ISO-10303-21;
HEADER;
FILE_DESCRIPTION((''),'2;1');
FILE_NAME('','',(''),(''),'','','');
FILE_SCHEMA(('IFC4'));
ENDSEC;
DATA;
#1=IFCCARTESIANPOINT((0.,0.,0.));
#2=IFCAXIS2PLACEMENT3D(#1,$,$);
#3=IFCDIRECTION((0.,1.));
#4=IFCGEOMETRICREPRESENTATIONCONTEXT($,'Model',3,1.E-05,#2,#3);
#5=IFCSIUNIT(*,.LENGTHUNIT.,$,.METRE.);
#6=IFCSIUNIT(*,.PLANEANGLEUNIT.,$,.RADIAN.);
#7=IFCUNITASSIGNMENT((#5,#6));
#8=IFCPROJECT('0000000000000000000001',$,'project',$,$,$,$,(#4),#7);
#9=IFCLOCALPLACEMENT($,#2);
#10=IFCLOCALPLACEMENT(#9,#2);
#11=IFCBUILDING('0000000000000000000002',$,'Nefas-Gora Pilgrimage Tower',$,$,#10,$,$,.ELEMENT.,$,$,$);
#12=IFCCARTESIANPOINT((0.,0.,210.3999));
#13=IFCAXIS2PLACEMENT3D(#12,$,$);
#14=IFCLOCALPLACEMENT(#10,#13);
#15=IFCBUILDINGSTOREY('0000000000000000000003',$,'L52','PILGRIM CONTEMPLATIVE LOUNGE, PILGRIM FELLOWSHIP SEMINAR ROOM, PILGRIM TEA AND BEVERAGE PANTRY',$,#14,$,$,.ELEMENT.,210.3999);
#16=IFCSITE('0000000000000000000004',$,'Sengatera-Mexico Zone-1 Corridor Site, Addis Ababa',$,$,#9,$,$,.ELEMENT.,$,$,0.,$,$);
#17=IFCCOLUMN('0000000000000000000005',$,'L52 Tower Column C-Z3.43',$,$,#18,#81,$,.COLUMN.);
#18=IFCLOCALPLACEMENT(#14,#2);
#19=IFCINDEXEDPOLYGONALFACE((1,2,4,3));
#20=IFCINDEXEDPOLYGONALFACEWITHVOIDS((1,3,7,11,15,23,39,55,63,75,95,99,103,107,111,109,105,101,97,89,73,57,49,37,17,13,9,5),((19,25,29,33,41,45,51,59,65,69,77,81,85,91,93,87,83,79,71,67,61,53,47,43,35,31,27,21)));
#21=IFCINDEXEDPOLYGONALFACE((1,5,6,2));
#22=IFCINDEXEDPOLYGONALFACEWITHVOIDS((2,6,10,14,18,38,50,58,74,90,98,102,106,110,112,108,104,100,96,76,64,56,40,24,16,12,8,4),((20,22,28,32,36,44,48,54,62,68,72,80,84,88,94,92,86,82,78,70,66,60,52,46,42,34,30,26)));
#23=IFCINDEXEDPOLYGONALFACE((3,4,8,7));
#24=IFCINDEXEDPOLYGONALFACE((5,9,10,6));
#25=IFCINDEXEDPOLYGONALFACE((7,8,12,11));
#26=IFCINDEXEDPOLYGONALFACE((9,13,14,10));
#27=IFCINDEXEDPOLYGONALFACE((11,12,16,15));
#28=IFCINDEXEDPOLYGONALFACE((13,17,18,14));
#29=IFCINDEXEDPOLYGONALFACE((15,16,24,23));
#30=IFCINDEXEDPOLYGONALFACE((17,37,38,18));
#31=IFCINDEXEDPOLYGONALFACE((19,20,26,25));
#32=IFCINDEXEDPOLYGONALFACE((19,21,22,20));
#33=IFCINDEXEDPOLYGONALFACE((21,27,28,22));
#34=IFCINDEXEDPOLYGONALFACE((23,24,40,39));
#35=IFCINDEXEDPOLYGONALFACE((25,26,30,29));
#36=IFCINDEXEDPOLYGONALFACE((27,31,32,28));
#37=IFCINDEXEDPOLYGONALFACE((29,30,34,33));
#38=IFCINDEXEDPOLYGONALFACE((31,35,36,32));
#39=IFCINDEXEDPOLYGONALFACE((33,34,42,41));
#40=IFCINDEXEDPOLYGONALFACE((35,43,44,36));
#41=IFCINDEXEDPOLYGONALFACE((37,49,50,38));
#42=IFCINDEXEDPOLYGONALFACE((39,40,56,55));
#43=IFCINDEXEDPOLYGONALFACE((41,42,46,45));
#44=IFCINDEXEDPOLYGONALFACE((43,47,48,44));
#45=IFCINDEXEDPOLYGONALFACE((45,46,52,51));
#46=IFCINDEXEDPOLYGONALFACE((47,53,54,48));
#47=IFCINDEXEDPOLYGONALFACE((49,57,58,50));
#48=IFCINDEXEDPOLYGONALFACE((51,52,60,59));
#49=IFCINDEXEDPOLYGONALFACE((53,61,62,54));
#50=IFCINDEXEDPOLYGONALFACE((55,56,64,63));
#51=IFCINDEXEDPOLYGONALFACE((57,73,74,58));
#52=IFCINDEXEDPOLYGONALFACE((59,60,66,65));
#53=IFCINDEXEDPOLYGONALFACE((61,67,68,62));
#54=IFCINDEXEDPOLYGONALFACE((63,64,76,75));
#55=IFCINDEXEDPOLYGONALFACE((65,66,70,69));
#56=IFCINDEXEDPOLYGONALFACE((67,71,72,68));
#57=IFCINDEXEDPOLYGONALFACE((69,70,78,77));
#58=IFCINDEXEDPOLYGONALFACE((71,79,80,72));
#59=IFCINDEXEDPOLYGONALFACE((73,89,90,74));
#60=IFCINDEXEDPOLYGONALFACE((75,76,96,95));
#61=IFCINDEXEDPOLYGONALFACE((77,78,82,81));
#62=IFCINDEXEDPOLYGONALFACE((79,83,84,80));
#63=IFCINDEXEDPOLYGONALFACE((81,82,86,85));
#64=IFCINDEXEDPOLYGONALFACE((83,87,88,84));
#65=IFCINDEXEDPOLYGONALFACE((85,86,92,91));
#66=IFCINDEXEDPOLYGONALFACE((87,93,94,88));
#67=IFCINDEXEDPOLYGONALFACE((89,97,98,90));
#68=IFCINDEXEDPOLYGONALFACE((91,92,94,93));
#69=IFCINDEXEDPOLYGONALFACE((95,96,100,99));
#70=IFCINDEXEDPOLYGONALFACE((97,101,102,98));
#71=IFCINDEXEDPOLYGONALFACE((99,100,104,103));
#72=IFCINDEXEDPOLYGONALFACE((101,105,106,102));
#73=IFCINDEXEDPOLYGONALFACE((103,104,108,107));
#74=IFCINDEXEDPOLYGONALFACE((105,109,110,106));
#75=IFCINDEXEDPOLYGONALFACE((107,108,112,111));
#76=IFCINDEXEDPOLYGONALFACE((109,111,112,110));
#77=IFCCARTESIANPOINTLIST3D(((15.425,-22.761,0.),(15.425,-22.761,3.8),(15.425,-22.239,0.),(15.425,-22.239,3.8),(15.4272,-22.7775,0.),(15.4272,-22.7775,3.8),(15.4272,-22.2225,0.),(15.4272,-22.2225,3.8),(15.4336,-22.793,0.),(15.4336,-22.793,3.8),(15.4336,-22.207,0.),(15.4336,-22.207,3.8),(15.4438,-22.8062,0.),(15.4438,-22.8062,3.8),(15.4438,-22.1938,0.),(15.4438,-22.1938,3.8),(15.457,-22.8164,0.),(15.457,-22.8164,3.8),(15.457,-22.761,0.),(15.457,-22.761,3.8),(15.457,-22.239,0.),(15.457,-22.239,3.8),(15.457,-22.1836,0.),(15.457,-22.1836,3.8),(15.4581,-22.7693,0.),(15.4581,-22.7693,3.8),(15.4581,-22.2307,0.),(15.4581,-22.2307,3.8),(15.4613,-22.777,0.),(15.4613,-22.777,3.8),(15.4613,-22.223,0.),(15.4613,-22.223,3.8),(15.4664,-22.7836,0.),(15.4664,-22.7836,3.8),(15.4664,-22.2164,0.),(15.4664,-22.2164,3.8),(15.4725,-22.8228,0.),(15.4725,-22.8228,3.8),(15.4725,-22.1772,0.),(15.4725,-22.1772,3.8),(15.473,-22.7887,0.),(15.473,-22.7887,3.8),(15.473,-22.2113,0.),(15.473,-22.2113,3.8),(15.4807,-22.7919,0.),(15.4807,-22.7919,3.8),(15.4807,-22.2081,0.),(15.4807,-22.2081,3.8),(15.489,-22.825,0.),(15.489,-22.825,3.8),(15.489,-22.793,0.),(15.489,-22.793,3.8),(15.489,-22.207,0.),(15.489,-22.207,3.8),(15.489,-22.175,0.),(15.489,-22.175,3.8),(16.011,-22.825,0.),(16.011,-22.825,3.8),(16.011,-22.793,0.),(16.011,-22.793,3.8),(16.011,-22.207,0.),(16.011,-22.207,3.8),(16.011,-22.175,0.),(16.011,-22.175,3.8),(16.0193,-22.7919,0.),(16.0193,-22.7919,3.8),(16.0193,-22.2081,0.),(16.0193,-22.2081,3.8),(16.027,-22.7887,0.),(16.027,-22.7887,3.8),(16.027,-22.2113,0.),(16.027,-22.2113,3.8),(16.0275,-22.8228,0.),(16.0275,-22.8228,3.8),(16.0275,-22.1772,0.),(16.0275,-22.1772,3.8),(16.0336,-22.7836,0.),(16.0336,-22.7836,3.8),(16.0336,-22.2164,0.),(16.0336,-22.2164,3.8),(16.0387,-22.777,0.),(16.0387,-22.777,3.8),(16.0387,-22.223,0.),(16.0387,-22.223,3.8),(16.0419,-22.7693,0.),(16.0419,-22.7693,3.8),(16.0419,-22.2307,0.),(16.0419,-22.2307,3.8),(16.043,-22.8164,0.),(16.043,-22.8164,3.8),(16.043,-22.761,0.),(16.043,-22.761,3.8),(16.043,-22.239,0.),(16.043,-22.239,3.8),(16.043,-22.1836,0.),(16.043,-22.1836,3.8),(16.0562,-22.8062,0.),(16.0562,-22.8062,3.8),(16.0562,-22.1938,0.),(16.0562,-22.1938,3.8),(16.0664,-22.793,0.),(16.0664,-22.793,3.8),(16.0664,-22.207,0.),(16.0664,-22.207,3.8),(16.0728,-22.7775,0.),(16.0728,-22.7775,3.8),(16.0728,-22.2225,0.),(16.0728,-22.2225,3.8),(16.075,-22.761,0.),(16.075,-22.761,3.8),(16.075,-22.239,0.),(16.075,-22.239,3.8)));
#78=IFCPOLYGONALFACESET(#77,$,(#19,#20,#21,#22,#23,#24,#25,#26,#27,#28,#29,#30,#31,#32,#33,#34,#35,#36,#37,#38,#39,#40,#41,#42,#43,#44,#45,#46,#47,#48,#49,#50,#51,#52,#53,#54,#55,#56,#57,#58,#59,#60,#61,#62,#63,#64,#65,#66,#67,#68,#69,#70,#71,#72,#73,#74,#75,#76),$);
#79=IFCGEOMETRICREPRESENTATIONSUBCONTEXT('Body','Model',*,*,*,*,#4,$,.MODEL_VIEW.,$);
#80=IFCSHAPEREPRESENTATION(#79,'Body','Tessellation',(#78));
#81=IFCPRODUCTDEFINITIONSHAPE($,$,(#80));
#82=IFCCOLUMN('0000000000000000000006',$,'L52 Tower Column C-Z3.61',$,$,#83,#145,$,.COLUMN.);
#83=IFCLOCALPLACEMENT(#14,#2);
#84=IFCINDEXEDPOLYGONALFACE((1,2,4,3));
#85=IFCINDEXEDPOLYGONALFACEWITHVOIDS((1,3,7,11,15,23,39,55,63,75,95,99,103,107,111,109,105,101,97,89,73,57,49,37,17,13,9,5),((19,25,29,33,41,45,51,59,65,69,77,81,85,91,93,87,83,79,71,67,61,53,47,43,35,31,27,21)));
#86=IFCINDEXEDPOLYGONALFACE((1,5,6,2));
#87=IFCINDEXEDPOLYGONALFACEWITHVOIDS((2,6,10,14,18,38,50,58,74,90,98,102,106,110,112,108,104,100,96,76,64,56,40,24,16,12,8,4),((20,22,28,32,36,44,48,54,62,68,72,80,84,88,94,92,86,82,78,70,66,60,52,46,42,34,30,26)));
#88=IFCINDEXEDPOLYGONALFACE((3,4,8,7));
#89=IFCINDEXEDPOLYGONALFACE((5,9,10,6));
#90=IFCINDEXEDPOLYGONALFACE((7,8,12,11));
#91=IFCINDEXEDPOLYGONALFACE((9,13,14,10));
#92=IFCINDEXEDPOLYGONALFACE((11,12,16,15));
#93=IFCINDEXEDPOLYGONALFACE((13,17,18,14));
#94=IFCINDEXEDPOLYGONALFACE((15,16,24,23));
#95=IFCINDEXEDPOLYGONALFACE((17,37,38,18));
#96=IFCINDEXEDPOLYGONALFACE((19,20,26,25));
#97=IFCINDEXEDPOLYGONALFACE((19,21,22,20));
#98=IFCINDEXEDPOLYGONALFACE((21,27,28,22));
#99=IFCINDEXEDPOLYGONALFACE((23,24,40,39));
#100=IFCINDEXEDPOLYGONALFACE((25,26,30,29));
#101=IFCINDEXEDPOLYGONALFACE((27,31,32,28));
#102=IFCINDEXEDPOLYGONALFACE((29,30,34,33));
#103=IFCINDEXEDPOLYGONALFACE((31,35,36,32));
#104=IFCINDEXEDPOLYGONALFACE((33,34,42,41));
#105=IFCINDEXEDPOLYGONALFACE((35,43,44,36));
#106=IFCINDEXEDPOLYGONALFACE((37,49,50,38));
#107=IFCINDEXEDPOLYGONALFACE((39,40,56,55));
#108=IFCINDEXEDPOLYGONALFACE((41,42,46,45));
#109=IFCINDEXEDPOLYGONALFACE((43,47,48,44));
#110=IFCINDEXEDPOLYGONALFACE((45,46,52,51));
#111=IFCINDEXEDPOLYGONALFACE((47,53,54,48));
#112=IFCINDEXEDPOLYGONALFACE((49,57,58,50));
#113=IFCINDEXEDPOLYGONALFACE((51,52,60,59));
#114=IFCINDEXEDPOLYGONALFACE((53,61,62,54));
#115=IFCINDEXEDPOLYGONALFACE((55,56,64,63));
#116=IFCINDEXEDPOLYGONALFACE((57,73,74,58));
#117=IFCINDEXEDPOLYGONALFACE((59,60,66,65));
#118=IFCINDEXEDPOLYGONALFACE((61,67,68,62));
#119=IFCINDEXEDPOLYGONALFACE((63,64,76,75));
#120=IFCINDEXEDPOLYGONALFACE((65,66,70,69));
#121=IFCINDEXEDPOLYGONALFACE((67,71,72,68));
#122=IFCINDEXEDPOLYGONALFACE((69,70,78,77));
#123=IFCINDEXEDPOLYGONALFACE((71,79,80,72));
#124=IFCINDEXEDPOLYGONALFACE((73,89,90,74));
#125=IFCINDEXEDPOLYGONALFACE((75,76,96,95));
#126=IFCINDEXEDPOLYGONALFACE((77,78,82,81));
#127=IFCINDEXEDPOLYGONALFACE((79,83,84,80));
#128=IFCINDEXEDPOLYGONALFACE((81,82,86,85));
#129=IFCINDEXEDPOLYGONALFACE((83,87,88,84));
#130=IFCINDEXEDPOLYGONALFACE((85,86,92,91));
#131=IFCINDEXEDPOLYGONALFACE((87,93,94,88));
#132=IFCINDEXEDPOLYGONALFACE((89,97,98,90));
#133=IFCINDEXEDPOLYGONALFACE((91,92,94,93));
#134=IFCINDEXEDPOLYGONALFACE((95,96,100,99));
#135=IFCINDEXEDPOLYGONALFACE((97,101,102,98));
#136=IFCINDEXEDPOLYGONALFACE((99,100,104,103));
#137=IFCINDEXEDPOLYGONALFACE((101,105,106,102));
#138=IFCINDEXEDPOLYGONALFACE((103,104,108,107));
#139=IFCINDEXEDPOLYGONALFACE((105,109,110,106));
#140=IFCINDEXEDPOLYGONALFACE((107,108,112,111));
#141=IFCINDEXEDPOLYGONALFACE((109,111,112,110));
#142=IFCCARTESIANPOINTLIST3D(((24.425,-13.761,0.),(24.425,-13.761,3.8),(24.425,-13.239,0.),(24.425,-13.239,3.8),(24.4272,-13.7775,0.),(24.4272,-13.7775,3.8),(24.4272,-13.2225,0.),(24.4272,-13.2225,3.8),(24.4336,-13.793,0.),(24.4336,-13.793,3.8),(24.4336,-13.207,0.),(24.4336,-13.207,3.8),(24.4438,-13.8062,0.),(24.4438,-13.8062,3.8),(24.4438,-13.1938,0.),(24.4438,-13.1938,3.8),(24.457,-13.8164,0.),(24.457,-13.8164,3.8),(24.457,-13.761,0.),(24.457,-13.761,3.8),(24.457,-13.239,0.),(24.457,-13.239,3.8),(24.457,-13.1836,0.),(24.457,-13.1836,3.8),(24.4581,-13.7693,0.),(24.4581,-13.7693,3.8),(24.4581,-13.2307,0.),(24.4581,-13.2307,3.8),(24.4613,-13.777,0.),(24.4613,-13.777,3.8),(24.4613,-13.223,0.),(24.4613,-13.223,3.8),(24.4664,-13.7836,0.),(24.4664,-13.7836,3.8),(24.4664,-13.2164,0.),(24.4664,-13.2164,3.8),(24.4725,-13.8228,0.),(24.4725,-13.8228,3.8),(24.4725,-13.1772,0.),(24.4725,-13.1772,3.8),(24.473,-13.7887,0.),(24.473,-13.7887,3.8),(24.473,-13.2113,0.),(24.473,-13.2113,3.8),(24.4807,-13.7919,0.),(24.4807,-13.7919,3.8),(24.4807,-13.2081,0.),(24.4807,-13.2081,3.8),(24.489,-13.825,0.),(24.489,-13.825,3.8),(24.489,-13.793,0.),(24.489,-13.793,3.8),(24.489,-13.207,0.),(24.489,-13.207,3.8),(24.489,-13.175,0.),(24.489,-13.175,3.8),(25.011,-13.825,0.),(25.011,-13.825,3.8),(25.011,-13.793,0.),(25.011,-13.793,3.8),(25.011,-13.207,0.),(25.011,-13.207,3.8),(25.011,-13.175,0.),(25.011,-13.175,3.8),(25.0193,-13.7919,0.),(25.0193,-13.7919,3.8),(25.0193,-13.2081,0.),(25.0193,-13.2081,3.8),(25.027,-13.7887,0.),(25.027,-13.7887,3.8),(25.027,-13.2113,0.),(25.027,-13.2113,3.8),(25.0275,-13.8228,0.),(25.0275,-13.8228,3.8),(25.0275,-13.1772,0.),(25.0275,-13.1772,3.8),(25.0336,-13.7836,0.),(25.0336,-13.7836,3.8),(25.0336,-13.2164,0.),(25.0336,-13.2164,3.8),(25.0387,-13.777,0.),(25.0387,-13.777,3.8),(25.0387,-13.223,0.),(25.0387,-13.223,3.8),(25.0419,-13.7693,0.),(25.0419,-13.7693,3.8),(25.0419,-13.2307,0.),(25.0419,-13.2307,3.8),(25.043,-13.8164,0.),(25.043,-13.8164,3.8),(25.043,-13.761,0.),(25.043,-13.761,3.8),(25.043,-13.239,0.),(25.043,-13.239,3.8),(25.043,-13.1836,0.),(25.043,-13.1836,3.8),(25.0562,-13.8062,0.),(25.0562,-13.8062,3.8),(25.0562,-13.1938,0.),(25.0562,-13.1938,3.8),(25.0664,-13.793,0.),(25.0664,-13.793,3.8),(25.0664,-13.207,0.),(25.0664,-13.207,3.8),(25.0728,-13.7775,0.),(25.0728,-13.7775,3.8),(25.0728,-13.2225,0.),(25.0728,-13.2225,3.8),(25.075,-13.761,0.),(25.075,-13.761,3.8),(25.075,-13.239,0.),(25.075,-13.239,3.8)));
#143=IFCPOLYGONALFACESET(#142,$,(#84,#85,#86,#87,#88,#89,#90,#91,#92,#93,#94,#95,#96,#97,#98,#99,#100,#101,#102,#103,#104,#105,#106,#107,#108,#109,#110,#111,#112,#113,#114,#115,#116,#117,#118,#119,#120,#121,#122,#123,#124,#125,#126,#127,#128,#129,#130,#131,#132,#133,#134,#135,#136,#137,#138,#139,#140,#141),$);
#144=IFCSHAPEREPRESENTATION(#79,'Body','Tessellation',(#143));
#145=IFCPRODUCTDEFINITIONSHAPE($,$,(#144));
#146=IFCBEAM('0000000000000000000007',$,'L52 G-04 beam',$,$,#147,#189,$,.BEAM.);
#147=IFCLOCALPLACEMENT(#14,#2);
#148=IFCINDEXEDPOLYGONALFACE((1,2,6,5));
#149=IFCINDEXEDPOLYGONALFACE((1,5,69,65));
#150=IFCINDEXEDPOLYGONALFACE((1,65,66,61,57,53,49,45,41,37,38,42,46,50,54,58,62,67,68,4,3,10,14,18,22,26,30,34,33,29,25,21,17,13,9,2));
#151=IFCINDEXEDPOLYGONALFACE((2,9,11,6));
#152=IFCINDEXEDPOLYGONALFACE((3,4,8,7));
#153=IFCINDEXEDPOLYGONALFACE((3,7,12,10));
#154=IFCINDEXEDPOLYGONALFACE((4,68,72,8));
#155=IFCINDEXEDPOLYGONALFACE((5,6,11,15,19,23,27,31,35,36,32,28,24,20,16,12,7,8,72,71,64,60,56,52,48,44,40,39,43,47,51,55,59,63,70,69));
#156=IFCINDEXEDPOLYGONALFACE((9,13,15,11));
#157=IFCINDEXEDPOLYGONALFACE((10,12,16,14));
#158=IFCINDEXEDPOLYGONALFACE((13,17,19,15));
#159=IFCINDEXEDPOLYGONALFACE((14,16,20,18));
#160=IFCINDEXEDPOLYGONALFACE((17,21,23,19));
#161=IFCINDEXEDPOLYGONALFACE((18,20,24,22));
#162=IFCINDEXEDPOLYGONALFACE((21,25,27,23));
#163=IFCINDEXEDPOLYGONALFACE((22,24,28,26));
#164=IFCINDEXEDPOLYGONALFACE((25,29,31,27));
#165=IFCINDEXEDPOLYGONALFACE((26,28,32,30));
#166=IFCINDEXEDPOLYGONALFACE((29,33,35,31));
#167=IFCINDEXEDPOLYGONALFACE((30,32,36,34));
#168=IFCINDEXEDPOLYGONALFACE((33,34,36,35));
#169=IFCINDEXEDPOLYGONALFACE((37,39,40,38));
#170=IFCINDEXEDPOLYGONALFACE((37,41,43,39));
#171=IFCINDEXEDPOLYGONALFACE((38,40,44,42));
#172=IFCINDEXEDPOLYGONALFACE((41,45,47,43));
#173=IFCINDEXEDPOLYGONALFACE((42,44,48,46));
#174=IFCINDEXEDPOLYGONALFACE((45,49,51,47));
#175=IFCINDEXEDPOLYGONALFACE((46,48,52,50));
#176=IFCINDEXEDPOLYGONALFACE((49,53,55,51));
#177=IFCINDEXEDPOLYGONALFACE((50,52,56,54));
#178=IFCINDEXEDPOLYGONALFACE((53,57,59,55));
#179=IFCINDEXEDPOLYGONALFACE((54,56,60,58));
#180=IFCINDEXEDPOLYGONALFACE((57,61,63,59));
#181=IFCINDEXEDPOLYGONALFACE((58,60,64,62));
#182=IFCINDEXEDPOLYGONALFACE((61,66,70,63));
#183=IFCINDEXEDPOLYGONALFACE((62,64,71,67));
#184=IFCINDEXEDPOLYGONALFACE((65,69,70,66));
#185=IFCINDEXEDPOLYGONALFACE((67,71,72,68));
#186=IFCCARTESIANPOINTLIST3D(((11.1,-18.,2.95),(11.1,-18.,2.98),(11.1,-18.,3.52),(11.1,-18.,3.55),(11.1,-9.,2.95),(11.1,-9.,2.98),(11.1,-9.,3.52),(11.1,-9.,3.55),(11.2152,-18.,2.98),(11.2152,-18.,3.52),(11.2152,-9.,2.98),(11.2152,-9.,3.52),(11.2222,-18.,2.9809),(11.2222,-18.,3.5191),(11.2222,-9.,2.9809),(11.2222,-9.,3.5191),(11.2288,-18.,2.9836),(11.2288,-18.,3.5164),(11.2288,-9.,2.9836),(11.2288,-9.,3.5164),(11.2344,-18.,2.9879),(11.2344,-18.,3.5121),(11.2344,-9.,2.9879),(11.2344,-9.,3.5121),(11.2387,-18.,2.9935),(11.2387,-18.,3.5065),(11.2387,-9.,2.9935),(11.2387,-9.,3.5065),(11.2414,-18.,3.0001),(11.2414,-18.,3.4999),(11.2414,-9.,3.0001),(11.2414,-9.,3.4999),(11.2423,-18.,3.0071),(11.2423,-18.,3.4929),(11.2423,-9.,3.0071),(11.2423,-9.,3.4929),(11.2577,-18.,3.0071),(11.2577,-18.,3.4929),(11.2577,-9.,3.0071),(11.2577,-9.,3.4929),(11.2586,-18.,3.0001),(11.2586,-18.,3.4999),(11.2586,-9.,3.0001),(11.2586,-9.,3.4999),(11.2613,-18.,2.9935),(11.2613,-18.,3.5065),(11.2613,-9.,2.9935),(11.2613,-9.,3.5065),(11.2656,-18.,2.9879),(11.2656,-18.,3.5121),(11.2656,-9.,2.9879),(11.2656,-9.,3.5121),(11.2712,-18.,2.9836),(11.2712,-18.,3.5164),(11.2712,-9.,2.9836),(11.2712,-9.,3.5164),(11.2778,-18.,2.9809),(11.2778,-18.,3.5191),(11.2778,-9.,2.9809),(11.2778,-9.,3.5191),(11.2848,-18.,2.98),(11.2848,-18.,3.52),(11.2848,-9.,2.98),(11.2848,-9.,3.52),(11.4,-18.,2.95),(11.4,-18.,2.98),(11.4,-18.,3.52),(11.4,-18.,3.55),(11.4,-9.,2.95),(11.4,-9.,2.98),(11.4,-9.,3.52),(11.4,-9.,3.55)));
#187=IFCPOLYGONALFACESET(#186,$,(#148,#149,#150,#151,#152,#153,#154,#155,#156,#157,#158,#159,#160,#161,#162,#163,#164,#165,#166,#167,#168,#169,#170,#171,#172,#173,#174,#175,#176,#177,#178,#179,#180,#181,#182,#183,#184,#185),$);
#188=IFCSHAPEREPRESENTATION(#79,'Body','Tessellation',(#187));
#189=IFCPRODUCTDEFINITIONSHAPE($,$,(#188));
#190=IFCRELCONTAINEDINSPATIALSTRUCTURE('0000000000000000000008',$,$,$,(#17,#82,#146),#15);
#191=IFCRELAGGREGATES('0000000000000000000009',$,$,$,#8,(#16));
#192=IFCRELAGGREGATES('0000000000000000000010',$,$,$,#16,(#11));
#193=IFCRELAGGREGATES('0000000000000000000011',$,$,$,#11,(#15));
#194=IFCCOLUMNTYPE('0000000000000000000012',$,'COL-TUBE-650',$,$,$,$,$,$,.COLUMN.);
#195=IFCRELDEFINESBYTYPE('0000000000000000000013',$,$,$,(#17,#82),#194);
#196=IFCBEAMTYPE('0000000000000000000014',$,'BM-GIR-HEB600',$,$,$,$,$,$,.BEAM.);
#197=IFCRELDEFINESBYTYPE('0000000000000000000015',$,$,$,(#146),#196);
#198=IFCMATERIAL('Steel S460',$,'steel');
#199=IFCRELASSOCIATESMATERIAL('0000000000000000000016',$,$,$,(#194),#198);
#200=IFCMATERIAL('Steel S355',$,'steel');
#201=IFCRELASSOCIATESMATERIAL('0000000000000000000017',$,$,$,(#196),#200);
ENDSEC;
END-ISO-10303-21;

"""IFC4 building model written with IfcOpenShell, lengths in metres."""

from ifc_helpers import new_model, si_unit, direction, frame, origin, origin_2d, place, context, subcontext, project, spatial, hollow_rectangle, i_section, extrude, source, transform, mapped, material, material_profile, profile_set, type_object, element, save


model = new_model("IFC4")

# Units and contexts
model_context = context("Model", 3, precision=1e-05, world=origin(), true_north=direction((0.0, 1.0)))
body_context = subcontext(model_context, "Body", "Model", "MODEL_VIEW")
ifc_project = project(units=[si_unit("LENGTHUNIT", "METRE"), si_unit("PLANEANGLEUNIT", "RADIAN")], contexts=[model_context])

# Site, building, storey
site_placement = place(None, origin())
site = spatial("IfcSite", under=ifc_project, at=site_placement, Name="Sengatera-Mexico Zone-1 Corridor Site, Addis Ababa", CompositionType="ELEMENT", RefElevation=0.0)
building_placement = place(site_placement, origin())
building = spatial("IfcBuilding", under=site, at=building_placement, Name="Nefas-Gora Pilgrimage Tower", CompositionType="ELEMENT")
storey_placement = place(building_placement, frame((0.0, 0.0, 210.3999)))
storey = spatial("IfcBuildingStorey", under=building, at=storey_placement, Name="L52", Description="PILGRIM CONTEMPLATIVE LOUNGE, PILGRIM FELLOWSHIP SEMINAR ROOM, PILGRIM TEA AND BEVERAGE PANTRY", CompositionType="ELEMENT", Elevation=210.3999)

# Columns
ifc_material_1 = material(Name="Steel S460", Category="steel")
ifc_material_profile_1 = material_profile(ifc_material_1, hollow_rectangle(XDim=0.6499, YDim=0.6499, WallThickness=0.032, InnerFilletRadius=0.032, OuterFilletRadius=0.064, at=origin_2d()), Name="BOX 650x650x32")
ifc_profile_set_1 = profile_set([ifc_material_profile_1], Name="Steel S460")
column_type_1 = type_object("IfcColumnType", Name="COL-TUBE-650", PredefinedType="COLUMN", material=ifc_profile_set_1)
shared_shape_1 = source(origin(), body_context, "Body", "SweptSolid", [
    extrude(hollow_rectangle(XDim=0.6499, YDim=0.6499, WallThickness=0.032, InnerFilletRadius=0.032, OuterFilletRadius=0.064, at=origin_2d()), origin(), (0.0, 0.0, 1.0), 3.8),
])
for number, where, z_axis, x_axis, name in (
    (1, (15.75, -22.5, 0.0), (0.0, 0.0, 1.0), (1.0, 0.0, 0.0), "L52 Tower Column C-Z3.43"),
    (2, (24.75, -13.5, 0.0), (0.0, 0.0, 1.0), (1.0, 0.0, 0.0), "L52 Tower Column C-Z3.61"),
):
    element("IfcColumn", number, at=place(storey_placement, frame(where, z_axis=z_axis, x_axis=x_axis)), inside=storey, type_object=column_type_1, Name=name, PredefinedType="COLUMN", context=body_context, shape_type="MappedRepresentation", body=[
        mapped(shared_shape_1, transform((0.0, 0.0, 0.0), x_axis=(1.0, 0.0, 0.0), y_axis=(0.0, 1.0, 0.0), z_axis=(0.0, 0.0, 1.0), scale=1.0)),
    ])

# Beam
ifc_material_2 = material(Name="Steel S355", Category="steel")
ifc_material_profile_2 = material_profile(ifc_material_2, i_section(OverallWidth=0.3, OverallDepth=0.6001, WebThickness=0.0154, FlangeThickness=0.03, FilletRadius=0.0271, at=origin_2d()), Name="HEB 600")
ifc_profile_set_2 = profile_set([ifc_material_profile_2], Name="Steel S355")
beam_type_1 = type_object("IfcBeamType", Name="BM-GIR-HEB600", PredefinedType="BEAM", material=ifc_profile_set_2)
shared_shape_2 = source(origin(), body_context, "Body", "SweptSolid", [
    extrude(i_section(OverallWidth=0.3, OverallDepth=0.6001, WebThickness=0.0154, FlangeThickness=0.03, FilletRadius=0.0271, at=origin_2d()), origin(), (0.0, 0.0, 1.0), 9.0),
])
for number, where, z_axis, x_axis, name in (
    (3, (11.25, -18.0, 3.25), (0.0, 1.0, 0.0), (-1.0, 0.0, 0.0), "L52 G-04 beam"),
):
    element("IfcBeam", number, at=place(storey_placement, frame(where, z_axis=z_axis, x_axis=x_axis)), inside=storey, type_object=beam_type_1, Name=name, PredefinedType="BEAM", context=body_context, shape_type="MappedRepresentation", body=[
        mapped(shared_shape_2, transform((0.0, 0.0, 0.0), x_axis=(1.0, 0.0, 0.0), y_axis=(0.0, 1.0, 0.0), z_axis=(0.0, 0.0, 1.0), scale=1.0)),
    ])

save(model, "model.ifc")
